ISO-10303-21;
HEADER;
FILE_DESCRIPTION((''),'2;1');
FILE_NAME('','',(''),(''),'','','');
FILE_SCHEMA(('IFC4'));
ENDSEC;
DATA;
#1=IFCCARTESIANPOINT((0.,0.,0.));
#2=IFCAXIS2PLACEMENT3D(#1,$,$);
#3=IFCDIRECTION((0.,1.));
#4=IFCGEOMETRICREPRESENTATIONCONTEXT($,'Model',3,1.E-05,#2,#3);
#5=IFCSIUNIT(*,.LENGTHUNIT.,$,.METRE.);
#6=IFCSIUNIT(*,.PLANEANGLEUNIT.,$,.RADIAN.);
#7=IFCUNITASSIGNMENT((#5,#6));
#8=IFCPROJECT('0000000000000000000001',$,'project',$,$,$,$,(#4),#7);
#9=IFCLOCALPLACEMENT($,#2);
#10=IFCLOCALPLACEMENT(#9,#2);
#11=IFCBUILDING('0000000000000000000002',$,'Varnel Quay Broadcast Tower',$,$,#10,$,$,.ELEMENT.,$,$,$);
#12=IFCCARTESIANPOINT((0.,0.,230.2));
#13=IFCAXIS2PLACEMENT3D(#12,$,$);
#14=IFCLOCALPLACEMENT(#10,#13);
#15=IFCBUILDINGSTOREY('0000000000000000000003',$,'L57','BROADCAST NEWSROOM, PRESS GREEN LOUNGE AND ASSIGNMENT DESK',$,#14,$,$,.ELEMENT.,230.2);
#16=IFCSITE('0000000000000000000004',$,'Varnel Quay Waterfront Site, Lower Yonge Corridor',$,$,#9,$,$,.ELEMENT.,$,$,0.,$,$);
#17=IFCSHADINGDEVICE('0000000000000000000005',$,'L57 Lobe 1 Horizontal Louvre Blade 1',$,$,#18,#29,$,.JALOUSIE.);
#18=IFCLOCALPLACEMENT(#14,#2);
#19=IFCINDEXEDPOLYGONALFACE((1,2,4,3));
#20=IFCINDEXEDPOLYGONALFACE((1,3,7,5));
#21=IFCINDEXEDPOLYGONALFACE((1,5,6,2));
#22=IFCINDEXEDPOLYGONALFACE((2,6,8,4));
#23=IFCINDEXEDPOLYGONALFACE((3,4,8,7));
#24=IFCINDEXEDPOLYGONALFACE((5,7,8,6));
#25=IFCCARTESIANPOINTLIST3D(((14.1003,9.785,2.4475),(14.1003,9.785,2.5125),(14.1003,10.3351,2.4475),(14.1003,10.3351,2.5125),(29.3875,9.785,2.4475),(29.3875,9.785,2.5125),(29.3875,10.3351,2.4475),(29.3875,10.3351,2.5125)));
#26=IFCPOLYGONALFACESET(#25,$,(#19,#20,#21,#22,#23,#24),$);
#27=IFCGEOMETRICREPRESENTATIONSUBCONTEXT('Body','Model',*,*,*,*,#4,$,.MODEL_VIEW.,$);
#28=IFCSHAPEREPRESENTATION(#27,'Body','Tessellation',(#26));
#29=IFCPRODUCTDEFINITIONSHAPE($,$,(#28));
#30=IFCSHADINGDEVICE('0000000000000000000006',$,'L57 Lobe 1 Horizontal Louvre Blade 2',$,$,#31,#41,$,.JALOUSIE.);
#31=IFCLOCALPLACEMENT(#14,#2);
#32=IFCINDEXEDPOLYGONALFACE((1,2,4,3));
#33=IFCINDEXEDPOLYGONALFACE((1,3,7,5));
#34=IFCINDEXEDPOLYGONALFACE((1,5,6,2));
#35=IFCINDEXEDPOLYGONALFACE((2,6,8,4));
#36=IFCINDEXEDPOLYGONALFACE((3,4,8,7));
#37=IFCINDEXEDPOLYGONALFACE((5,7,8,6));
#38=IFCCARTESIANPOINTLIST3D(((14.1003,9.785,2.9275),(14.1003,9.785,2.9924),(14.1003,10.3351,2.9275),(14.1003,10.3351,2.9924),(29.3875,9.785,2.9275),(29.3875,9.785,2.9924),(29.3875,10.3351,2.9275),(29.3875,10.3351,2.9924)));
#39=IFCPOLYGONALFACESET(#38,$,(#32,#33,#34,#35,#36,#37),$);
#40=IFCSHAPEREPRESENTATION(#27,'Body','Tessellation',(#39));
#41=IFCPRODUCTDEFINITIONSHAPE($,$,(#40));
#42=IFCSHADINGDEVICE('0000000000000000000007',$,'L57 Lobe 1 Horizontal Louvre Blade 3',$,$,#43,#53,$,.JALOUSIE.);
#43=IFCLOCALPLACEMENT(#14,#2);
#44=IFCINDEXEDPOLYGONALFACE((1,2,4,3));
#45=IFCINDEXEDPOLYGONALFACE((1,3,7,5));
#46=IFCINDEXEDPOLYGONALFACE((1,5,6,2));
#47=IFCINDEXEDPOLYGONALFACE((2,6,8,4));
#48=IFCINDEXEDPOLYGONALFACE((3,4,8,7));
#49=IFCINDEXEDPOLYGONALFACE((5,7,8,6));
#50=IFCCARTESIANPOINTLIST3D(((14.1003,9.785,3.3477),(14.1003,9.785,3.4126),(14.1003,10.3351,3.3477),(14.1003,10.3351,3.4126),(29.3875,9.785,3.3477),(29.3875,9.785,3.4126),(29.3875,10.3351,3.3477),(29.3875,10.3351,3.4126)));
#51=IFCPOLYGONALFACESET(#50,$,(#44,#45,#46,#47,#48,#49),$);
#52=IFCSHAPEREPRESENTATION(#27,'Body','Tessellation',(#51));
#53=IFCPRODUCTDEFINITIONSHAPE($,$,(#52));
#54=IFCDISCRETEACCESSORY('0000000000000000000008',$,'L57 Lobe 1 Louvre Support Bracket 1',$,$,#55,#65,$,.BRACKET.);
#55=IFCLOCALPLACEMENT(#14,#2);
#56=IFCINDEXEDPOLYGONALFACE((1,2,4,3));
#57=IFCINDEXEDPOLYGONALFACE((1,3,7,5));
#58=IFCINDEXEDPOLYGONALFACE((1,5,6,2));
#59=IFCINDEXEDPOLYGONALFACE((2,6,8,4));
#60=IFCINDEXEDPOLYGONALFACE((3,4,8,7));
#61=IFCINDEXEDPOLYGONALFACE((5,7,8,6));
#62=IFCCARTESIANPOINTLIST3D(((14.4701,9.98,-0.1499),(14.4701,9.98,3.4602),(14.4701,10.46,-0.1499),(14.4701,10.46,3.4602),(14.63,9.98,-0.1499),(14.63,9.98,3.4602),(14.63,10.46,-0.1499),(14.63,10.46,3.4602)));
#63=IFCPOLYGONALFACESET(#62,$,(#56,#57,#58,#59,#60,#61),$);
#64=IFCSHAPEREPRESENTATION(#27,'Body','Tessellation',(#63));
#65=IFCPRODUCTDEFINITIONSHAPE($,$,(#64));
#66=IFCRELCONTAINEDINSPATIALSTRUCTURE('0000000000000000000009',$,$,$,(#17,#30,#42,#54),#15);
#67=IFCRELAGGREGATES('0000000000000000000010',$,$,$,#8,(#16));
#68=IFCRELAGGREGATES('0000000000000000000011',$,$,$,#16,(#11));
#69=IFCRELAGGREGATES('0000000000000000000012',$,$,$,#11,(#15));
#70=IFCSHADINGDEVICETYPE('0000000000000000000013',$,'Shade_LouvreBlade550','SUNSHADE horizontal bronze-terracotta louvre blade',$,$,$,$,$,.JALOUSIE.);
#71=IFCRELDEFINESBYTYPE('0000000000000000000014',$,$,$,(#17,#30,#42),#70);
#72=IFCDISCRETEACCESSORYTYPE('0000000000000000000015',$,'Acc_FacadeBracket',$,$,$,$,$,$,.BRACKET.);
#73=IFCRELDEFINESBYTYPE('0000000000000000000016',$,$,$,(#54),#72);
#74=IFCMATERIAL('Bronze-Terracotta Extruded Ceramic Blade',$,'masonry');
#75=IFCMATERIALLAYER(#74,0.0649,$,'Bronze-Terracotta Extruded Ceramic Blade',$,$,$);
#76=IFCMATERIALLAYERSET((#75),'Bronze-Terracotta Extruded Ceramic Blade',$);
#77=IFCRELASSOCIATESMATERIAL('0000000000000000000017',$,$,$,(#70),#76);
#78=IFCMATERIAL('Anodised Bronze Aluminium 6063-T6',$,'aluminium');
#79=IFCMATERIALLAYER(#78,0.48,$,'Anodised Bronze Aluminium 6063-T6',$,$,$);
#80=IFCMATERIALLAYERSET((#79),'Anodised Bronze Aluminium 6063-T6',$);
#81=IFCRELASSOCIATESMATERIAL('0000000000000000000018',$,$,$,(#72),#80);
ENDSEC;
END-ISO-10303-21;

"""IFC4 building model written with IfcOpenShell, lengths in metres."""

from ifc_helpers import new_model, si_unit, direction, frame, origin, origin_2d, place, context, subcontext, project, spatial, rectangle, extrude, source, transform, mapped, material, layer, layer_set, type_object, type_shapes, element, save


model = new_model("IFC4")

# Units and contexts
model_context = context("Model", 3, precision=1e-05, world=origin(), true_north=direction((0.0, 1.0)))
body_context = subcontext(model_context, "Body", "Model", "MODEL_VIEW")
ifc_project = project(units=[si_unit("LENGTHUNIT", "METRE"), si_unit("PLANEANGLEUNIT", "RADIAN")], contexts=[model_context])

# Site, building, storey
site_placement = place(None, origin())
site = spatial("IfcSite", under=ifc_project, at=site_placement, Name="Varnel Quay Waterfront Site, Lower Yonge Corridor", CompositionType="ELEMENT", RefElevation=0.0)
building_placement = place(site_placement, origin())
building = spatial("IfcBuilding", under=site, at=building_placement, Name="Varnel Quay Broadcast Tower", CompositionType="ELEMENT")
storey_placement = place(building_placement, frame((0.0, 0.0, 230.2)))
storey = spatial("IfcBuildingStorey", under=building, at=storey_placement, Name="L57", Description="BROADCAST NEWSROOM, PRESS GREEN LOUNGE AND ASSIGNMENT DESK", CompositionType="ELEMENT", Elevation=230.2)

# Shared definitions
ifc_material_1 = material(Name="Anodised Bronze Aluminium 6063-T6", Category="aluminium")

# Shared definitions
ifc_material_2 = material(Name="Bronze-Terracotta Extruded Ceramic Blade", Category="masonry")

# Shading devices
ifc_layer_1 = layer(ifc_material_2, 0.0649, Name="Bronze-Terracotta Extruded Ceramic Blade")
ifc_layer_set_1 = layer_set([ifc_layer_1], Name="Bronze-Terracotta Extruded Ceramic Blade")
shading_device_type = type_object("IfcShadingDeviceType", Name="Shade_LouvreBlade550", Description="SUNSHADE horizontal bronze-terracotta louvre blade", PredefinedType="JALOUSIE", material=ifc_layer_set_1)
shared_shape_1 = source(origin(), body_context, "Body", "SweptSolid", [
    extrude(rectangle(XDim=15.2871, YDim=0.55, at=origin_2d()), origin(), (0.0, 0.0, 1.0), 0.0649),
])
type_shapes(shading_device_type, [shared_shape_1])
for number, where, z_axis, x_axis, name in (
    (1, (21.7439, 10.0601, 2.4475), (0.0, 0.0, 1.0), (1.0, 0.0, 0.0), "L57 Lobe 1 Horizontal Louvre Blade 1"),
    (2, (21.7439, 10.0601, 2.9275), (0.0, 0.0, 1.0), (1.0, 0.0, 0.0), "L57 Lobe 1 Horizontal Louvre Blade 2"),
    (3, (21.7439, 10.0601, 3.3477), (0.0, 0.0, 1.0), (1.0, 0.0, 0.0), "L57 Lobe 1 Horizontal Louvre Blade 3"),
):
    element("IfcShadingDevice", number, at=place(storey_placement, frame(where, z_axis=z_axis, x_axis=x_axis)), inside=storey, type_object=shading_device_type, Name=name, PredefinedType="JALOUSIE", context=body_context, shape_type="MappedRepresentation", body=[
        mapped(shared_shape_1, transform((0.0, 0.0, 0.0), x_axis=(1.0, 0.0, 0.0), y_axis=(0.0, 1.0, 0.0), z_axis=(0.0, 0.0, 1.0), scale=1.0)),
    ])

# Discrete accessory
ifc_layer_2 = layer(ifc_material_1, 0.48, Name="Anodised Bronze Aluminium 6063-T6")
ifc_layer_set_2 = layer_set([ifc_layer_2], Name="Anodised Bronze Aluminium 6063-T6")
discrete_accessory_type = type_object("IfcDiscreteAccessoryType", Name="Acc_FacadeBracket", PredefinedType="BRACKET", material=ifc_layer_set_2)
shared_shape_2 = source(origin(), body_context, "Body", "SweptSolid", [
    extrude(rectangle(XDim=0.1599, YDim=0.48, at=origin_2d()), origin(), (0.0, 0.0, 1.0), 3.6101),
])
type_shapes(discrete_accessory_type, [shared_shape_2])
discrete_accessory_placement = place(storey_placement, frame((14.55, 10.22, -0.1499), z_axis=(0.0, 0.0, 1.0), x_axis=(1.0, 0.0, 0.0)))
element("IfcDiscreteAccessory", 4, at=discrete_accessory_placement, inside=storey, type_object=discrete_accessory_type, Name="L57 Lobe 1 Louvre Support Bracket 1", PredefinedType="BRACKET", context=body_context, shape_type="MappedRepresentation", body=[
    mapped(shared_shape_2, transform((0.0, 0.0, 0.0), x_axis=(1.0, 0.0, 0.0), y_axis=(0.0, 1.0, 0.0), z_axis=(0.0, 0.0, 1.0), scale=1.0)),
])

save(model, "model.ifc")
